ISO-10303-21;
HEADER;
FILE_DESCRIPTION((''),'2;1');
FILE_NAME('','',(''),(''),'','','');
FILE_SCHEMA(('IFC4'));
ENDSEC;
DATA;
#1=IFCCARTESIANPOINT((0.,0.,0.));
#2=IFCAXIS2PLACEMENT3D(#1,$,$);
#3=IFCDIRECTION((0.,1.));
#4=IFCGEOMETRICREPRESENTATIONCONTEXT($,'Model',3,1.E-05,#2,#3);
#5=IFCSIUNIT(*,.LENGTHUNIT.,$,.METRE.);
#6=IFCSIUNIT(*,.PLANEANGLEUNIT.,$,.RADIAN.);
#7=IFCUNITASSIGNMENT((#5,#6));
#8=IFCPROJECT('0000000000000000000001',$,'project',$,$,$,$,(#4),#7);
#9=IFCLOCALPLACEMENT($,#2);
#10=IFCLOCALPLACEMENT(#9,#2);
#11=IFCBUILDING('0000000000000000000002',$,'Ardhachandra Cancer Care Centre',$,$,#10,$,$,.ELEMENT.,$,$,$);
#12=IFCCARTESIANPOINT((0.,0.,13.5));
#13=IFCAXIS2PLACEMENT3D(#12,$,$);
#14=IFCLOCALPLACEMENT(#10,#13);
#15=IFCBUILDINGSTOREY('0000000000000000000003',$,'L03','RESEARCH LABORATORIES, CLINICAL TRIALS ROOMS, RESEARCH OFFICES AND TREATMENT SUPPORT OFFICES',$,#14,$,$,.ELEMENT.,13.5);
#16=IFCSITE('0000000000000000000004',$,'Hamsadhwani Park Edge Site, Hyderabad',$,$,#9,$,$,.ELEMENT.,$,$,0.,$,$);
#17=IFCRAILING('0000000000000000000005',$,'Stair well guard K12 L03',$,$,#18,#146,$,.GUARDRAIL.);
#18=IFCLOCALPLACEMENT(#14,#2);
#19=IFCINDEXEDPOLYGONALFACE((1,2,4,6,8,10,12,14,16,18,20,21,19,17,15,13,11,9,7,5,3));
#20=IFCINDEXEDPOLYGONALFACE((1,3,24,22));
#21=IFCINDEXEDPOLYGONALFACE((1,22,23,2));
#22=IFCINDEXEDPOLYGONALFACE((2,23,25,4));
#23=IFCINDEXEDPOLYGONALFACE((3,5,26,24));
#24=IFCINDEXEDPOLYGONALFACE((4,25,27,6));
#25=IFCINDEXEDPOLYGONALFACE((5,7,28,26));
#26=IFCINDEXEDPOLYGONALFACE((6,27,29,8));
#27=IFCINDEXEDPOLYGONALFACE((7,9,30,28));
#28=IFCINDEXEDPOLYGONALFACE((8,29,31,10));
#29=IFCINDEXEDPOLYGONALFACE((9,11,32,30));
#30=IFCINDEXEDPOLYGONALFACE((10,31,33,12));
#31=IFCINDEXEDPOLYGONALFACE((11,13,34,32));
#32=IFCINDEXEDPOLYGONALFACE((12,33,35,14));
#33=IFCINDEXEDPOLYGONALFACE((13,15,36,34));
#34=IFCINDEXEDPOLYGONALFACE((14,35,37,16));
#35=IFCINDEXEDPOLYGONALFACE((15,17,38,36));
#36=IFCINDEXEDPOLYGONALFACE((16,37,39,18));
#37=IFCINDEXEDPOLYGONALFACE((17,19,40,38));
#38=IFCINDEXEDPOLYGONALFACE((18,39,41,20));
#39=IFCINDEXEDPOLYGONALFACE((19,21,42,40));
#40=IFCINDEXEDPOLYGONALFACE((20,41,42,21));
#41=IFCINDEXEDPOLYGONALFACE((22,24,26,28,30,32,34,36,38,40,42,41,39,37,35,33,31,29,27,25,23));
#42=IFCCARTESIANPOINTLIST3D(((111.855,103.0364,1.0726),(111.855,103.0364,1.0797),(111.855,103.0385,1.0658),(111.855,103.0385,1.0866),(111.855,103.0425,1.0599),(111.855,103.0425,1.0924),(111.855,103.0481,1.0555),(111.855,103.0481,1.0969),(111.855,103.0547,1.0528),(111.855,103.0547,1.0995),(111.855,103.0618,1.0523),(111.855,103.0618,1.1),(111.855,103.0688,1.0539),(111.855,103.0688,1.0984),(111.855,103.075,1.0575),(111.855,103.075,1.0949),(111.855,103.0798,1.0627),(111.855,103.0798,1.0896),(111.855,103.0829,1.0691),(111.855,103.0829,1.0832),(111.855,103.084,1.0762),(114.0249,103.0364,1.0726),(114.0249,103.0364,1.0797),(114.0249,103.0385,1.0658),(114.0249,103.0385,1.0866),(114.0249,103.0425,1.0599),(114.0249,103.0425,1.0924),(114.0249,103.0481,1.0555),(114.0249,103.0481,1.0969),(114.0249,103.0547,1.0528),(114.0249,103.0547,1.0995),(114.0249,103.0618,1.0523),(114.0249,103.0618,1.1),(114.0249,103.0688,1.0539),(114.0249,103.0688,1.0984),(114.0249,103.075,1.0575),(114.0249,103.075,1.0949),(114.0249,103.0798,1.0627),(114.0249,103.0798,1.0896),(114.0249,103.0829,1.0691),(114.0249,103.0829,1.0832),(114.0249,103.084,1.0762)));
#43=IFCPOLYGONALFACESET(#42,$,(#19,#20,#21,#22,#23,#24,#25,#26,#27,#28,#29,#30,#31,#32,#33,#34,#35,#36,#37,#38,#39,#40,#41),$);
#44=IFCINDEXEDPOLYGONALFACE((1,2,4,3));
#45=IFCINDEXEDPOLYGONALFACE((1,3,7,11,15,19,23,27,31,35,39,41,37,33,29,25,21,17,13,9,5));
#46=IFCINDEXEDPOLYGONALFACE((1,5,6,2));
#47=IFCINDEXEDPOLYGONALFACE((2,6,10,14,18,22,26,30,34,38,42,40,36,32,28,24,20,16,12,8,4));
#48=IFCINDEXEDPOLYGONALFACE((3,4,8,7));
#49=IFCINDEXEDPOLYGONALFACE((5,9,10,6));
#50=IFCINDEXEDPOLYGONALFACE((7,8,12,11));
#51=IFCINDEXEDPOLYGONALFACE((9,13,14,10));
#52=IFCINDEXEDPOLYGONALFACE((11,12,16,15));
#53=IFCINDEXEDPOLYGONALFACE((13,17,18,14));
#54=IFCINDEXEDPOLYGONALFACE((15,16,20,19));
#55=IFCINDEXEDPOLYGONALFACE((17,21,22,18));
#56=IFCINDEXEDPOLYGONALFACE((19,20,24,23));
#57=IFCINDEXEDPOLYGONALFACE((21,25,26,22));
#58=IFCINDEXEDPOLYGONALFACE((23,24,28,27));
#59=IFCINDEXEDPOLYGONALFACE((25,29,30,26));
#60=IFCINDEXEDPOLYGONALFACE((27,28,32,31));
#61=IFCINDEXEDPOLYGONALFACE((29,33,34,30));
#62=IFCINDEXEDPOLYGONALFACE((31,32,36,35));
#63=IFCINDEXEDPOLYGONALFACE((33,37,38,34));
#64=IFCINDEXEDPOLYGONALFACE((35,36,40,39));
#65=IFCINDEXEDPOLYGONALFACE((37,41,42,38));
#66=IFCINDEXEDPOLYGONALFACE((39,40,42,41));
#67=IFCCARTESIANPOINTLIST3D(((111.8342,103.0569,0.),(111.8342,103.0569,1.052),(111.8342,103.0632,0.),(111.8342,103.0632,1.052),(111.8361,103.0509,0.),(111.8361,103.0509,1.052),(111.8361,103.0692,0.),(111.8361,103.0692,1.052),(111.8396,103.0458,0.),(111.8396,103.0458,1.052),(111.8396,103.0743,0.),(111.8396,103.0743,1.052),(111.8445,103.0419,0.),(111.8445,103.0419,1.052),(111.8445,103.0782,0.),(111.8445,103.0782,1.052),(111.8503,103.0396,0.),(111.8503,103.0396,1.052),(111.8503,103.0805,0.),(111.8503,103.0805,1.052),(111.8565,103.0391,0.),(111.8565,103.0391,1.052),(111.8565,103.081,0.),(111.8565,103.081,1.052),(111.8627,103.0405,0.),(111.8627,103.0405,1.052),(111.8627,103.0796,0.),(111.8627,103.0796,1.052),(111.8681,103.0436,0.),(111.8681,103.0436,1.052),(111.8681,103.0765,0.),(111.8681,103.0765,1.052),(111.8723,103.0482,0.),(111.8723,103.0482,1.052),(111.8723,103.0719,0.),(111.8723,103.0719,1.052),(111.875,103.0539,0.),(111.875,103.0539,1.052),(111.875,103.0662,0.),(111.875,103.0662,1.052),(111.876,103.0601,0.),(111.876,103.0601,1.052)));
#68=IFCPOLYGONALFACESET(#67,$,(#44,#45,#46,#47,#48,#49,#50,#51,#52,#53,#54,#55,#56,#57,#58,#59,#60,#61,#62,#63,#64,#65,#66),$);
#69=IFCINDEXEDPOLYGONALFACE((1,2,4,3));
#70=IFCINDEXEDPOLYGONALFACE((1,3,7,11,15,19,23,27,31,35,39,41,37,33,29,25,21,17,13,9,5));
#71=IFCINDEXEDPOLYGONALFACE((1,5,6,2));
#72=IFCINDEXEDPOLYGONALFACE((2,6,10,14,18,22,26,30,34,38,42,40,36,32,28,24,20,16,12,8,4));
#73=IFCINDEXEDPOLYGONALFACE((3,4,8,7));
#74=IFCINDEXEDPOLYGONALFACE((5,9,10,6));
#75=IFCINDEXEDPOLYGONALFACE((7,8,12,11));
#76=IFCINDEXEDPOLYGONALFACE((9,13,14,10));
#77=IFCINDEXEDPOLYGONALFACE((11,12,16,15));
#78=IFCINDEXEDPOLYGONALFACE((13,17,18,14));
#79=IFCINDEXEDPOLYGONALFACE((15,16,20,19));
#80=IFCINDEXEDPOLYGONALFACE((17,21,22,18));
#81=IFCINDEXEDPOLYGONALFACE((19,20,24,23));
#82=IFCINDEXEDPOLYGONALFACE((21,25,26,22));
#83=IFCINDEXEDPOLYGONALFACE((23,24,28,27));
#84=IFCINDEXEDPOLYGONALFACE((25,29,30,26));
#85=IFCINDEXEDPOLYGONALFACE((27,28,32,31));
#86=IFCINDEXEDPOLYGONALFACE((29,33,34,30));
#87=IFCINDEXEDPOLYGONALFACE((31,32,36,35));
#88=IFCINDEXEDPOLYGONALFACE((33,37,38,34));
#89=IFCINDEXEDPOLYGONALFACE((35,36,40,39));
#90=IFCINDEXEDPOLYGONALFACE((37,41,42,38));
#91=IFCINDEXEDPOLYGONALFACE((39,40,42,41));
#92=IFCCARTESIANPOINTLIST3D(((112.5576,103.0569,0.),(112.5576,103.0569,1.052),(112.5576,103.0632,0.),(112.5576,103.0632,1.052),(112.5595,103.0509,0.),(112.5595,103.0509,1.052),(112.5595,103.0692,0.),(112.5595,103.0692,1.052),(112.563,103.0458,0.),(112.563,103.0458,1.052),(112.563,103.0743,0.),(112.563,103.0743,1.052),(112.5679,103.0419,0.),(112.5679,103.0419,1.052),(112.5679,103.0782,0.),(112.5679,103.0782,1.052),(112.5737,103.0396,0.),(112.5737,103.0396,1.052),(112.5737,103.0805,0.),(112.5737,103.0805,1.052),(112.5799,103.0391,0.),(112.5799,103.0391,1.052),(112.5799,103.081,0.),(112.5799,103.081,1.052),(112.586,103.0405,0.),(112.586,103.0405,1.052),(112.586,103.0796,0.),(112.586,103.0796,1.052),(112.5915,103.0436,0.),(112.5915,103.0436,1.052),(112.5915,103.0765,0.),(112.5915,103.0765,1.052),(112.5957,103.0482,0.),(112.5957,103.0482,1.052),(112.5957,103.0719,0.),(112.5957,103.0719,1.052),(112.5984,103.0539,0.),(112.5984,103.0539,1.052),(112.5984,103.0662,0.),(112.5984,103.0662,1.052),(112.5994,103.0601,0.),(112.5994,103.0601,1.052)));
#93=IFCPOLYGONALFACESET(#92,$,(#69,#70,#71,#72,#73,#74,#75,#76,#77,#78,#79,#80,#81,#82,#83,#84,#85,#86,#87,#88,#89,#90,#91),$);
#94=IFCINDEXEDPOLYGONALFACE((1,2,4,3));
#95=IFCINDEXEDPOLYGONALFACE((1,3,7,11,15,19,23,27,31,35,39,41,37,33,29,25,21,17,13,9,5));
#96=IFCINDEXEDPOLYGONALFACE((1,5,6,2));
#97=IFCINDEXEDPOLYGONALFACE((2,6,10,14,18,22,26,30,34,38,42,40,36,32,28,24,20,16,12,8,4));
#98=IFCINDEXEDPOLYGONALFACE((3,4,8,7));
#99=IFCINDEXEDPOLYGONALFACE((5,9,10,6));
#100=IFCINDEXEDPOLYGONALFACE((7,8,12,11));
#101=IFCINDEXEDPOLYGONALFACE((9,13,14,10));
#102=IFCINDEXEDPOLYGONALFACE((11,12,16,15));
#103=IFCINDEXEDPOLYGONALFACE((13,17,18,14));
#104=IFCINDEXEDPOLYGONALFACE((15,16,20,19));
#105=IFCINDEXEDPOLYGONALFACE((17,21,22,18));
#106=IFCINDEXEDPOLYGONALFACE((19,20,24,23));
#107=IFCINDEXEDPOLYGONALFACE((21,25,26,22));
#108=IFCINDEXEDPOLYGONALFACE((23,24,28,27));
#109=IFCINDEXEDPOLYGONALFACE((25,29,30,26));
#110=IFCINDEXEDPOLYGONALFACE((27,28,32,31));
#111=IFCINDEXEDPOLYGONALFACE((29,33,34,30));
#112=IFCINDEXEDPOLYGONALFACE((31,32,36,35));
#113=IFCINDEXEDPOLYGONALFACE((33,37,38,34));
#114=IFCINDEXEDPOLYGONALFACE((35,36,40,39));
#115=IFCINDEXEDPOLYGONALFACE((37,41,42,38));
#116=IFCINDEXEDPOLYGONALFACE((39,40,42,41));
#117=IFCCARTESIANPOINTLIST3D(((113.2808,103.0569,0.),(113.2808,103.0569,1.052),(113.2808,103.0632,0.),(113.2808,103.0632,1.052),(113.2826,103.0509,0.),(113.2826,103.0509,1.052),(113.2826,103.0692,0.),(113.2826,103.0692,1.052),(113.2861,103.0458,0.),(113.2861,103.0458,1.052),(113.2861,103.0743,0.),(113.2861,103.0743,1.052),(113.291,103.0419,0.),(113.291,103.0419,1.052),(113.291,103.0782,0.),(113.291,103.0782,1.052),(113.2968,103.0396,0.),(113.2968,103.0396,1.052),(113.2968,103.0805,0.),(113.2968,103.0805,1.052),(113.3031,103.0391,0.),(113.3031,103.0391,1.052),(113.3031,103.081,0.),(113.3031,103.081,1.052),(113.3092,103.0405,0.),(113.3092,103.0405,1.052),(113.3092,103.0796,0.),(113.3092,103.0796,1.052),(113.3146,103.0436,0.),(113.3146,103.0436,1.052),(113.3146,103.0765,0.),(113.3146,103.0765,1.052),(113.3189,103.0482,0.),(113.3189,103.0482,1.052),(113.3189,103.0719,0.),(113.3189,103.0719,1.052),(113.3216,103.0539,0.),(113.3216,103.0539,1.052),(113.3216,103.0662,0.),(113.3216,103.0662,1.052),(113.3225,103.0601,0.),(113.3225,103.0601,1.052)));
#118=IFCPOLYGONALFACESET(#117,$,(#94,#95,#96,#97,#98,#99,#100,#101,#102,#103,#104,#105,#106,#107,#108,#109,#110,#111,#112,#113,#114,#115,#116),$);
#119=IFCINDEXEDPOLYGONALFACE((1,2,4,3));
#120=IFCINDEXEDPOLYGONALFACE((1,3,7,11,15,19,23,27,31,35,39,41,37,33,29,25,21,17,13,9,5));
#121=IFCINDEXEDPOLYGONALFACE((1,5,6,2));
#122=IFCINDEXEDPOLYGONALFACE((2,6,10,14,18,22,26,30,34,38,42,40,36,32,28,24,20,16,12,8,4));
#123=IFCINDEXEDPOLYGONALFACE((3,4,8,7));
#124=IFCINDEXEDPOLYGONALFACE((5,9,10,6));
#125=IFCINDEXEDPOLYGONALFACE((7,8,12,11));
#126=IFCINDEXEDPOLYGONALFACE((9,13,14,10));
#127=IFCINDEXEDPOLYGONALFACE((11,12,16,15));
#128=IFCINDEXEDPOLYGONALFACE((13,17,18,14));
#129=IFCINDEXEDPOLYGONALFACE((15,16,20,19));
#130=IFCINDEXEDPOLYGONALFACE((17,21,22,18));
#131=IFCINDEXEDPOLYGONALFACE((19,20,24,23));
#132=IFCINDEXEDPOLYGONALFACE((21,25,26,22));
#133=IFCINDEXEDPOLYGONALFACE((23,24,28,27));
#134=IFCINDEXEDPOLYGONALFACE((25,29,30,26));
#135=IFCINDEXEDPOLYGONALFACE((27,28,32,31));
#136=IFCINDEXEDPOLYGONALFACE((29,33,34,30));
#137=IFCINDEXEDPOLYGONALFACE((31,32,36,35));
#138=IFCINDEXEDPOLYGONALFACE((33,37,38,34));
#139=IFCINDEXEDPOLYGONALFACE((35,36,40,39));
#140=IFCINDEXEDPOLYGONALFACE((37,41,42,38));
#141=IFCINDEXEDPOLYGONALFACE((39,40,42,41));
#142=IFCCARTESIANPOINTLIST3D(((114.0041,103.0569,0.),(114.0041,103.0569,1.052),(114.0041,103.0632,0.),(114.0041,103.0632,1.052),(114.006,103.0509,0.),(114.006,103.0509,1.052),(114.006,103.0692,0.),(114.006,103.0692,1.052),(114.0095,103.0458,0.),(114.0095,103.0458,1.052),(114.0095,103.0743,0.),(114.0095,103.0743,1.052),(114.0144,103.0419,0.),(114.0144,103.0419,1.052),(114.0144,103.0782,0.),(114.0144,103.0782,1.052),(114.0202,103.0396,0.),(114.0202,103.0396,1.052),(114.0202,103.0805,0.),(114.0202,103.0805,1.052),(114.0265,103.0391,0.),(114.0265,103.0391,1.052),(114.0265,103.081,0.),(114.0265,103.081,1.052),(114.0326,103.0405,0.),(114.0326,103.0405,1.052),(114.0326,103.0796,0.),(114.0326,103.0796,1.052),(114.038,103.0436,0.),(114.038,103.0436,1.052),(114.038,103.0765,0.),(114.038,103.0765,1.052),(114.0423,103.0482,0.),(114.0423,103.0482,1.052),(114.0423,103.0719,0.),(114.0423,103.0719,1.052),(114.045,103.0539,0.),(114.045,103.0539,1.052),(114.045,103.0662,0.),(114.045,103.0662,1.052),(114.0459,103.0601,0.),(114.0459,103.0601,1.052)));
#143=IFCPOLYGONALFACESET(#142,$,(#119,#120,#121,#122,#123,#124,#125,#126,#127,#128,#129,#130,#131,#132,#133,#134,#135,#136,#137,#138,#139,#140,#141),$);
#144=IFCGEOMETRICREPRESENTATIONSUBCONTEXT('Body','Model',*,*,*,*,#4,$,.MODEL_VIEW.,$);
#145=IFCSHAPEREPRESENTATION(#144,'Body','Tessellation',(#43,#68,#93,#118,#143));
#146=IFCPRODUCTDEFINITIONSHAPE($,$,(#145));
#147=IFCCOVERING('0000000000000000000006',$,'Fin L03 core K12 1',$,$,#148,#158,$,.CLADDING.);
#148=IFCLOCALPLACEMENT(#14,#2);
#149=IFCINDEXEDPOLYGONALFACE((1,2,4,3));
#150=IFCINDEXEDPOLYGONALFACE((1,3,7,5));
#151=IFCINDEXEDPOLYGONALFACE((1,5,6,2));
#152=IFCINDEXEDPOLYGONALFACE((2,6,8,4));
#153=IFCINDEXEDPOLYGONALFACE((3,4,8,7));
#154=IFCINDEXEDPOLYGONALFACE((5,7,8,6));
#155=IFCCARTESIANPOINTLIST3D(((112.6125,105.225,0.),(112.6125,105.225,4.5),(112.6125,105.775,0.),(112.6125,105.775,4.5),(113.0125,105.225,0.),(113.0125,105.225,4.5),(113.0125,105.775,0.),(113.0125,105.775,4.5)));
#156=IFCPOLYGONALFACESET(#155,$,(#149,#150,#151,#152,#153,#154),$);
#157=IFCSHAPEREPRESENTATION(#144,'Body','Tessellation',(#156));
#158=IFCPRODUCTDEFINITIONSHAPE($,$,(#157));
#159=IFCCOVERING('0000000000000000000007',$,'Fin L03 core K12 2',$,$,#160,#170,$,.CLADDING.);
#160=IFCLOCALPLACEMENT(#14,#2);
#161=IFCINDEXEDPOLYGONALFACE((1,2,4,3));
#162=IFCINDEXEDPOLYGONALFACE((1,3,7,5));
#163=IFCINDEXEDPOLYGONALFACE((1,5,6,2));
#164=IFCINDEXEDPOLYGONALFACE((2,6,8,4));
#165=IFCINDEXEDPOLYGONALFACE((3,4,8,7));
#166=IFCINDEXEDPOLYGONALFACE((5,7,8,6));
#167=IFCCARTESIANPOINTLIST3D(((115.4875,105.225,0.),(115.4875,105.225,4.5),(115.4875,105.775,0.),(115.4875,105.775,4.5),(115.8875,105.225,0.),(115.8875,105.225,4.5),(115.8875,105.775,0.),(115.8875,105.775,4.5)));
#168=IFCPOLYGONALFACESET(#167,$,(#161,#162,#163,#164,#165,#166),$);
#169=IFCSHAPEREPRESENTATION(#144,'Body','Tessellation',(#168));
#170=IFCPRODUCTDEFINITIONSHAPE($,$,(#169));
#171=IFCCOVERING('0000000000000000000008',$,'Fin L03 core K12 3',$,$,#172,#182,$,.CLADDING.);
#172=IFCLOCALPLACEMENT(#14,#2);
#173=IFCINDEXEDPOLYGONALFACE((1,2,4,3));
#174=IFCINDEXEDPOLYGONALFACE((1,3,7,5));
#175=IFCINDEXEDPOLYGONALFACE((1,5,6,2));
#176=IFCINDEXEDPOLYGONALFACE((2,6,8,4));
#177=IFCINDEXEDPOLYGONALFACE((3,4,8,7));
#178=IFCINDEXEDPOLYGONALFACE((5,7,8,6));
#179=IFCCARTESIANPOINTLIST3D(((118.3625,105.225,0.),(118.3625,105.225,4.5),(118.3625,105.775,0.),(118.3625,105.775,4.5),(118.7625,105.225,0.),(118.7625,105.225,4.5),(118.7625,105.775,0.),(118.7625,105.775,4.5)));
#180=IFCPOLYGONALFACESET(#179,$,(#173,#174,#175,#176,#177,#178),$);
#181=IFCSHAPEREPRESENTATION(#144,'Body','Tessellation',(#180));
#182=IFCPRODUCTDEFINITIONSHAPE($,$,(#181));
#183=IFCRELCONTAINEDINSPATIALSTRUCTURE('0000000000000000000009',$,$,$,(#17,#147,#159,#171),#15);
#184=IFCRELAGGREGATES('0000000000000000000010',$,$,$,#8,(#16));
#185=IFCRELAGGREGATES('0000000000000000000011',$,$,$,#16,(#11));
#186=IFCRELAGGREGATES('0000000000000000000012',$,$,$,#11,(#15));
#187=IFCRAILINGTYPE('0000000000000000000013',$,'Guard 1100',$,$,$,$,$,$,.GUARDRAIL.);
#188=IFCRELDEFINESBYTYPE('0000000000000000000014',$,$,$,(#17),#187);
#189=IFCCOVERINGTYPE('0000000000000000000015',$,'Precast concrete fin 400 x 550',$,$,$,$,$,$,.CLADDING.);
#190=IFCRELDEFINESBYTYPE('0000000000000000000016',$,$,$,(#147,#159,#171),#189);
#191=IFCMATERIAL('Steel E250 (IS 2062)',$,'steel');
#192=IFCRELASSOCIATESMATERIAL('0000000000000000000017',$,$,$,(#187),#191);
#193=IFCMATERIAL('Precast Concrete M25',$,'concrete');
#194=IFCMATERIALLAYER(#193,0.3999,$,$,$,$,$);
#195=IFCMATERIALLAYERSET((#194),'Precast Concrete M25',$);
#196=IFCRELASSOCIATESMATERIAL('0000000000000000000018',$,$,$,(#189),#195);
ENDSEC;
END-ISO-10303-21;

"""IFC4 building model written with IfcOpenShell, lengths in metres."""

from ifc_helpers import new_model, si_unit, direction, frame, origin, origin_2d, place, context, subcontext, project, spatial, rectangle, circle, extrude, material, layer, layer_set, type_object, element, save


model = new_model("IFC4")

# Units and contexts
model_context = context("Model", 3, precision=1e-05, world=origin(), true_north=direction((0.0, 1.0)))
body_context = subcontext(model_context, "Body", "Model", "MODEL_VIEW")
ifc_project = project(units=[si_unit("LENGTHUNIT", "METRE"), si_unit("PLANEANGLEUNIT", "RADIAN")], contexts=[model_context])

# Site, building, storey
site_placement = place(None, origin())
site = spatial("IfcSite", under=ifc_project, at=site_placement, Name="Hamsadhwani Park Edge Site, Hyderabad", CompositionType="ELEMENT", RefElevation=0.0)
building_placement = place(site_placement, origin())
building = spatial("IfcBuilding", under=site, at=building_placement, Name="Ardhachandra Cancer Care Centre", CompositionType="ELEMENT")
storey_placement = place(building_placement, frame((0.0, 0.0, 13.5)))
storey = spatial("IfcBuildingStorey", under=building, at=storey_placement, Name="L03", Description="RESEARCH LABORATORIES, CLINICAL TRIALS ROOMS, RESEARCH OFFICES AND TREATMENT SUPPORT OFFICES", CompositionType="ELEMENT", Elevation=13.5)

# Railing
ifc_material_1 = material(Name="Steel E250 (IS 2062)", Category="steel")
railing_type_1 = type_object("IfcRailingType", Name="Guard 1100", PredefinedType="GUARDRAIL", material=ifc_material_1)
railing_placement = place(storey_placement, frame((111.855, 103.0601, 0.0)))
element("IfcRailing", 1, at=railing_placement, inside=storey, type_object=railing_type_1, Name="Stair well guard K12 L03", PredefinedType="GUARDRAIL", context=body_context, shape_type="SweptSolid", body=[
    extrude(circle(Radius=0.0239, at=origin_2d()), frame((0.0, 0.0, 1.0762), z_axis=(1.0, 0.0, 0.0), x_axis=(0.0, 1.0, 0.0)), (0.0, 0.0, 1.0), 2.1699),
    extrude(circle(Radius=0.021, at=origin_2d()), origin(), (0.0, 0.0, 1.0), 1.052),
    extrude(circle(Radius=0.021, at=origin_2d()), frame((0.7234, 0.0, 0.0)), (0.0, 0.0, 1.0), 1.052),
    extrude(circle(Radius=0.021, at=origin_2d()), frame((1.4465, 0.0, 0.0)), (0.0, 0.0, 1.0), 1.052),
    extrude(circle(Radius=0.021, at=origin_2d()), frame((2.1699, 0.0, 0.0)), (0.0, 0.0, 1.0), 1.052),
])

# Coverings
ifc_material_2 = material(Name="Precast Concrete M25", Category="concrete")
ifc_layer_1 = layer(ifc_material_2, 0.3999)
ifc_layer_set_1 = layer_set([ifc_layer_1], Name="Precast Concrete M25")
covering_type = type_object("IfcCoveringType", Name="Precast concrete fin 400 x 550", PredefinedType="CLADDING", material=ifc_layer_set_1)
for number, where, z_axis, x_axis, name in (
    (2, (112.8125, 105.5, 0.0), (0.0, 0.0, 1.0), (1.0, 0.0, 0.0), "Fin L03 core K12 1"),
    (3, (115.6875, 105.5, 0.0), (0.0, 0.0, 1.0), (1.0, 0.0, 0.0), "Fin L03 core K12 2"),
    (4, (118.5625, 105.5, 0.0), (0.0, 0.0, 1.0), (1.0, 0.0, 0.0), "Fin L03 core K12 3"),
):
    element("IfcCovering", number, at=place(storey_placement, frame(where, z_axis=z_axis, x_axis=x_axis)), inside=storey, type_object=covering_type, Name=name, PredefinedType="CLADDING", context=body_context, shape_type="SweptSolid", body=[
        extrude(rectangle(XDim=0.3999, YDim=0.55, at=origin_2d()), origin(), (0.0, 0.0, 1.0), 4.5),
    ])

save(model, "model.ifc")
